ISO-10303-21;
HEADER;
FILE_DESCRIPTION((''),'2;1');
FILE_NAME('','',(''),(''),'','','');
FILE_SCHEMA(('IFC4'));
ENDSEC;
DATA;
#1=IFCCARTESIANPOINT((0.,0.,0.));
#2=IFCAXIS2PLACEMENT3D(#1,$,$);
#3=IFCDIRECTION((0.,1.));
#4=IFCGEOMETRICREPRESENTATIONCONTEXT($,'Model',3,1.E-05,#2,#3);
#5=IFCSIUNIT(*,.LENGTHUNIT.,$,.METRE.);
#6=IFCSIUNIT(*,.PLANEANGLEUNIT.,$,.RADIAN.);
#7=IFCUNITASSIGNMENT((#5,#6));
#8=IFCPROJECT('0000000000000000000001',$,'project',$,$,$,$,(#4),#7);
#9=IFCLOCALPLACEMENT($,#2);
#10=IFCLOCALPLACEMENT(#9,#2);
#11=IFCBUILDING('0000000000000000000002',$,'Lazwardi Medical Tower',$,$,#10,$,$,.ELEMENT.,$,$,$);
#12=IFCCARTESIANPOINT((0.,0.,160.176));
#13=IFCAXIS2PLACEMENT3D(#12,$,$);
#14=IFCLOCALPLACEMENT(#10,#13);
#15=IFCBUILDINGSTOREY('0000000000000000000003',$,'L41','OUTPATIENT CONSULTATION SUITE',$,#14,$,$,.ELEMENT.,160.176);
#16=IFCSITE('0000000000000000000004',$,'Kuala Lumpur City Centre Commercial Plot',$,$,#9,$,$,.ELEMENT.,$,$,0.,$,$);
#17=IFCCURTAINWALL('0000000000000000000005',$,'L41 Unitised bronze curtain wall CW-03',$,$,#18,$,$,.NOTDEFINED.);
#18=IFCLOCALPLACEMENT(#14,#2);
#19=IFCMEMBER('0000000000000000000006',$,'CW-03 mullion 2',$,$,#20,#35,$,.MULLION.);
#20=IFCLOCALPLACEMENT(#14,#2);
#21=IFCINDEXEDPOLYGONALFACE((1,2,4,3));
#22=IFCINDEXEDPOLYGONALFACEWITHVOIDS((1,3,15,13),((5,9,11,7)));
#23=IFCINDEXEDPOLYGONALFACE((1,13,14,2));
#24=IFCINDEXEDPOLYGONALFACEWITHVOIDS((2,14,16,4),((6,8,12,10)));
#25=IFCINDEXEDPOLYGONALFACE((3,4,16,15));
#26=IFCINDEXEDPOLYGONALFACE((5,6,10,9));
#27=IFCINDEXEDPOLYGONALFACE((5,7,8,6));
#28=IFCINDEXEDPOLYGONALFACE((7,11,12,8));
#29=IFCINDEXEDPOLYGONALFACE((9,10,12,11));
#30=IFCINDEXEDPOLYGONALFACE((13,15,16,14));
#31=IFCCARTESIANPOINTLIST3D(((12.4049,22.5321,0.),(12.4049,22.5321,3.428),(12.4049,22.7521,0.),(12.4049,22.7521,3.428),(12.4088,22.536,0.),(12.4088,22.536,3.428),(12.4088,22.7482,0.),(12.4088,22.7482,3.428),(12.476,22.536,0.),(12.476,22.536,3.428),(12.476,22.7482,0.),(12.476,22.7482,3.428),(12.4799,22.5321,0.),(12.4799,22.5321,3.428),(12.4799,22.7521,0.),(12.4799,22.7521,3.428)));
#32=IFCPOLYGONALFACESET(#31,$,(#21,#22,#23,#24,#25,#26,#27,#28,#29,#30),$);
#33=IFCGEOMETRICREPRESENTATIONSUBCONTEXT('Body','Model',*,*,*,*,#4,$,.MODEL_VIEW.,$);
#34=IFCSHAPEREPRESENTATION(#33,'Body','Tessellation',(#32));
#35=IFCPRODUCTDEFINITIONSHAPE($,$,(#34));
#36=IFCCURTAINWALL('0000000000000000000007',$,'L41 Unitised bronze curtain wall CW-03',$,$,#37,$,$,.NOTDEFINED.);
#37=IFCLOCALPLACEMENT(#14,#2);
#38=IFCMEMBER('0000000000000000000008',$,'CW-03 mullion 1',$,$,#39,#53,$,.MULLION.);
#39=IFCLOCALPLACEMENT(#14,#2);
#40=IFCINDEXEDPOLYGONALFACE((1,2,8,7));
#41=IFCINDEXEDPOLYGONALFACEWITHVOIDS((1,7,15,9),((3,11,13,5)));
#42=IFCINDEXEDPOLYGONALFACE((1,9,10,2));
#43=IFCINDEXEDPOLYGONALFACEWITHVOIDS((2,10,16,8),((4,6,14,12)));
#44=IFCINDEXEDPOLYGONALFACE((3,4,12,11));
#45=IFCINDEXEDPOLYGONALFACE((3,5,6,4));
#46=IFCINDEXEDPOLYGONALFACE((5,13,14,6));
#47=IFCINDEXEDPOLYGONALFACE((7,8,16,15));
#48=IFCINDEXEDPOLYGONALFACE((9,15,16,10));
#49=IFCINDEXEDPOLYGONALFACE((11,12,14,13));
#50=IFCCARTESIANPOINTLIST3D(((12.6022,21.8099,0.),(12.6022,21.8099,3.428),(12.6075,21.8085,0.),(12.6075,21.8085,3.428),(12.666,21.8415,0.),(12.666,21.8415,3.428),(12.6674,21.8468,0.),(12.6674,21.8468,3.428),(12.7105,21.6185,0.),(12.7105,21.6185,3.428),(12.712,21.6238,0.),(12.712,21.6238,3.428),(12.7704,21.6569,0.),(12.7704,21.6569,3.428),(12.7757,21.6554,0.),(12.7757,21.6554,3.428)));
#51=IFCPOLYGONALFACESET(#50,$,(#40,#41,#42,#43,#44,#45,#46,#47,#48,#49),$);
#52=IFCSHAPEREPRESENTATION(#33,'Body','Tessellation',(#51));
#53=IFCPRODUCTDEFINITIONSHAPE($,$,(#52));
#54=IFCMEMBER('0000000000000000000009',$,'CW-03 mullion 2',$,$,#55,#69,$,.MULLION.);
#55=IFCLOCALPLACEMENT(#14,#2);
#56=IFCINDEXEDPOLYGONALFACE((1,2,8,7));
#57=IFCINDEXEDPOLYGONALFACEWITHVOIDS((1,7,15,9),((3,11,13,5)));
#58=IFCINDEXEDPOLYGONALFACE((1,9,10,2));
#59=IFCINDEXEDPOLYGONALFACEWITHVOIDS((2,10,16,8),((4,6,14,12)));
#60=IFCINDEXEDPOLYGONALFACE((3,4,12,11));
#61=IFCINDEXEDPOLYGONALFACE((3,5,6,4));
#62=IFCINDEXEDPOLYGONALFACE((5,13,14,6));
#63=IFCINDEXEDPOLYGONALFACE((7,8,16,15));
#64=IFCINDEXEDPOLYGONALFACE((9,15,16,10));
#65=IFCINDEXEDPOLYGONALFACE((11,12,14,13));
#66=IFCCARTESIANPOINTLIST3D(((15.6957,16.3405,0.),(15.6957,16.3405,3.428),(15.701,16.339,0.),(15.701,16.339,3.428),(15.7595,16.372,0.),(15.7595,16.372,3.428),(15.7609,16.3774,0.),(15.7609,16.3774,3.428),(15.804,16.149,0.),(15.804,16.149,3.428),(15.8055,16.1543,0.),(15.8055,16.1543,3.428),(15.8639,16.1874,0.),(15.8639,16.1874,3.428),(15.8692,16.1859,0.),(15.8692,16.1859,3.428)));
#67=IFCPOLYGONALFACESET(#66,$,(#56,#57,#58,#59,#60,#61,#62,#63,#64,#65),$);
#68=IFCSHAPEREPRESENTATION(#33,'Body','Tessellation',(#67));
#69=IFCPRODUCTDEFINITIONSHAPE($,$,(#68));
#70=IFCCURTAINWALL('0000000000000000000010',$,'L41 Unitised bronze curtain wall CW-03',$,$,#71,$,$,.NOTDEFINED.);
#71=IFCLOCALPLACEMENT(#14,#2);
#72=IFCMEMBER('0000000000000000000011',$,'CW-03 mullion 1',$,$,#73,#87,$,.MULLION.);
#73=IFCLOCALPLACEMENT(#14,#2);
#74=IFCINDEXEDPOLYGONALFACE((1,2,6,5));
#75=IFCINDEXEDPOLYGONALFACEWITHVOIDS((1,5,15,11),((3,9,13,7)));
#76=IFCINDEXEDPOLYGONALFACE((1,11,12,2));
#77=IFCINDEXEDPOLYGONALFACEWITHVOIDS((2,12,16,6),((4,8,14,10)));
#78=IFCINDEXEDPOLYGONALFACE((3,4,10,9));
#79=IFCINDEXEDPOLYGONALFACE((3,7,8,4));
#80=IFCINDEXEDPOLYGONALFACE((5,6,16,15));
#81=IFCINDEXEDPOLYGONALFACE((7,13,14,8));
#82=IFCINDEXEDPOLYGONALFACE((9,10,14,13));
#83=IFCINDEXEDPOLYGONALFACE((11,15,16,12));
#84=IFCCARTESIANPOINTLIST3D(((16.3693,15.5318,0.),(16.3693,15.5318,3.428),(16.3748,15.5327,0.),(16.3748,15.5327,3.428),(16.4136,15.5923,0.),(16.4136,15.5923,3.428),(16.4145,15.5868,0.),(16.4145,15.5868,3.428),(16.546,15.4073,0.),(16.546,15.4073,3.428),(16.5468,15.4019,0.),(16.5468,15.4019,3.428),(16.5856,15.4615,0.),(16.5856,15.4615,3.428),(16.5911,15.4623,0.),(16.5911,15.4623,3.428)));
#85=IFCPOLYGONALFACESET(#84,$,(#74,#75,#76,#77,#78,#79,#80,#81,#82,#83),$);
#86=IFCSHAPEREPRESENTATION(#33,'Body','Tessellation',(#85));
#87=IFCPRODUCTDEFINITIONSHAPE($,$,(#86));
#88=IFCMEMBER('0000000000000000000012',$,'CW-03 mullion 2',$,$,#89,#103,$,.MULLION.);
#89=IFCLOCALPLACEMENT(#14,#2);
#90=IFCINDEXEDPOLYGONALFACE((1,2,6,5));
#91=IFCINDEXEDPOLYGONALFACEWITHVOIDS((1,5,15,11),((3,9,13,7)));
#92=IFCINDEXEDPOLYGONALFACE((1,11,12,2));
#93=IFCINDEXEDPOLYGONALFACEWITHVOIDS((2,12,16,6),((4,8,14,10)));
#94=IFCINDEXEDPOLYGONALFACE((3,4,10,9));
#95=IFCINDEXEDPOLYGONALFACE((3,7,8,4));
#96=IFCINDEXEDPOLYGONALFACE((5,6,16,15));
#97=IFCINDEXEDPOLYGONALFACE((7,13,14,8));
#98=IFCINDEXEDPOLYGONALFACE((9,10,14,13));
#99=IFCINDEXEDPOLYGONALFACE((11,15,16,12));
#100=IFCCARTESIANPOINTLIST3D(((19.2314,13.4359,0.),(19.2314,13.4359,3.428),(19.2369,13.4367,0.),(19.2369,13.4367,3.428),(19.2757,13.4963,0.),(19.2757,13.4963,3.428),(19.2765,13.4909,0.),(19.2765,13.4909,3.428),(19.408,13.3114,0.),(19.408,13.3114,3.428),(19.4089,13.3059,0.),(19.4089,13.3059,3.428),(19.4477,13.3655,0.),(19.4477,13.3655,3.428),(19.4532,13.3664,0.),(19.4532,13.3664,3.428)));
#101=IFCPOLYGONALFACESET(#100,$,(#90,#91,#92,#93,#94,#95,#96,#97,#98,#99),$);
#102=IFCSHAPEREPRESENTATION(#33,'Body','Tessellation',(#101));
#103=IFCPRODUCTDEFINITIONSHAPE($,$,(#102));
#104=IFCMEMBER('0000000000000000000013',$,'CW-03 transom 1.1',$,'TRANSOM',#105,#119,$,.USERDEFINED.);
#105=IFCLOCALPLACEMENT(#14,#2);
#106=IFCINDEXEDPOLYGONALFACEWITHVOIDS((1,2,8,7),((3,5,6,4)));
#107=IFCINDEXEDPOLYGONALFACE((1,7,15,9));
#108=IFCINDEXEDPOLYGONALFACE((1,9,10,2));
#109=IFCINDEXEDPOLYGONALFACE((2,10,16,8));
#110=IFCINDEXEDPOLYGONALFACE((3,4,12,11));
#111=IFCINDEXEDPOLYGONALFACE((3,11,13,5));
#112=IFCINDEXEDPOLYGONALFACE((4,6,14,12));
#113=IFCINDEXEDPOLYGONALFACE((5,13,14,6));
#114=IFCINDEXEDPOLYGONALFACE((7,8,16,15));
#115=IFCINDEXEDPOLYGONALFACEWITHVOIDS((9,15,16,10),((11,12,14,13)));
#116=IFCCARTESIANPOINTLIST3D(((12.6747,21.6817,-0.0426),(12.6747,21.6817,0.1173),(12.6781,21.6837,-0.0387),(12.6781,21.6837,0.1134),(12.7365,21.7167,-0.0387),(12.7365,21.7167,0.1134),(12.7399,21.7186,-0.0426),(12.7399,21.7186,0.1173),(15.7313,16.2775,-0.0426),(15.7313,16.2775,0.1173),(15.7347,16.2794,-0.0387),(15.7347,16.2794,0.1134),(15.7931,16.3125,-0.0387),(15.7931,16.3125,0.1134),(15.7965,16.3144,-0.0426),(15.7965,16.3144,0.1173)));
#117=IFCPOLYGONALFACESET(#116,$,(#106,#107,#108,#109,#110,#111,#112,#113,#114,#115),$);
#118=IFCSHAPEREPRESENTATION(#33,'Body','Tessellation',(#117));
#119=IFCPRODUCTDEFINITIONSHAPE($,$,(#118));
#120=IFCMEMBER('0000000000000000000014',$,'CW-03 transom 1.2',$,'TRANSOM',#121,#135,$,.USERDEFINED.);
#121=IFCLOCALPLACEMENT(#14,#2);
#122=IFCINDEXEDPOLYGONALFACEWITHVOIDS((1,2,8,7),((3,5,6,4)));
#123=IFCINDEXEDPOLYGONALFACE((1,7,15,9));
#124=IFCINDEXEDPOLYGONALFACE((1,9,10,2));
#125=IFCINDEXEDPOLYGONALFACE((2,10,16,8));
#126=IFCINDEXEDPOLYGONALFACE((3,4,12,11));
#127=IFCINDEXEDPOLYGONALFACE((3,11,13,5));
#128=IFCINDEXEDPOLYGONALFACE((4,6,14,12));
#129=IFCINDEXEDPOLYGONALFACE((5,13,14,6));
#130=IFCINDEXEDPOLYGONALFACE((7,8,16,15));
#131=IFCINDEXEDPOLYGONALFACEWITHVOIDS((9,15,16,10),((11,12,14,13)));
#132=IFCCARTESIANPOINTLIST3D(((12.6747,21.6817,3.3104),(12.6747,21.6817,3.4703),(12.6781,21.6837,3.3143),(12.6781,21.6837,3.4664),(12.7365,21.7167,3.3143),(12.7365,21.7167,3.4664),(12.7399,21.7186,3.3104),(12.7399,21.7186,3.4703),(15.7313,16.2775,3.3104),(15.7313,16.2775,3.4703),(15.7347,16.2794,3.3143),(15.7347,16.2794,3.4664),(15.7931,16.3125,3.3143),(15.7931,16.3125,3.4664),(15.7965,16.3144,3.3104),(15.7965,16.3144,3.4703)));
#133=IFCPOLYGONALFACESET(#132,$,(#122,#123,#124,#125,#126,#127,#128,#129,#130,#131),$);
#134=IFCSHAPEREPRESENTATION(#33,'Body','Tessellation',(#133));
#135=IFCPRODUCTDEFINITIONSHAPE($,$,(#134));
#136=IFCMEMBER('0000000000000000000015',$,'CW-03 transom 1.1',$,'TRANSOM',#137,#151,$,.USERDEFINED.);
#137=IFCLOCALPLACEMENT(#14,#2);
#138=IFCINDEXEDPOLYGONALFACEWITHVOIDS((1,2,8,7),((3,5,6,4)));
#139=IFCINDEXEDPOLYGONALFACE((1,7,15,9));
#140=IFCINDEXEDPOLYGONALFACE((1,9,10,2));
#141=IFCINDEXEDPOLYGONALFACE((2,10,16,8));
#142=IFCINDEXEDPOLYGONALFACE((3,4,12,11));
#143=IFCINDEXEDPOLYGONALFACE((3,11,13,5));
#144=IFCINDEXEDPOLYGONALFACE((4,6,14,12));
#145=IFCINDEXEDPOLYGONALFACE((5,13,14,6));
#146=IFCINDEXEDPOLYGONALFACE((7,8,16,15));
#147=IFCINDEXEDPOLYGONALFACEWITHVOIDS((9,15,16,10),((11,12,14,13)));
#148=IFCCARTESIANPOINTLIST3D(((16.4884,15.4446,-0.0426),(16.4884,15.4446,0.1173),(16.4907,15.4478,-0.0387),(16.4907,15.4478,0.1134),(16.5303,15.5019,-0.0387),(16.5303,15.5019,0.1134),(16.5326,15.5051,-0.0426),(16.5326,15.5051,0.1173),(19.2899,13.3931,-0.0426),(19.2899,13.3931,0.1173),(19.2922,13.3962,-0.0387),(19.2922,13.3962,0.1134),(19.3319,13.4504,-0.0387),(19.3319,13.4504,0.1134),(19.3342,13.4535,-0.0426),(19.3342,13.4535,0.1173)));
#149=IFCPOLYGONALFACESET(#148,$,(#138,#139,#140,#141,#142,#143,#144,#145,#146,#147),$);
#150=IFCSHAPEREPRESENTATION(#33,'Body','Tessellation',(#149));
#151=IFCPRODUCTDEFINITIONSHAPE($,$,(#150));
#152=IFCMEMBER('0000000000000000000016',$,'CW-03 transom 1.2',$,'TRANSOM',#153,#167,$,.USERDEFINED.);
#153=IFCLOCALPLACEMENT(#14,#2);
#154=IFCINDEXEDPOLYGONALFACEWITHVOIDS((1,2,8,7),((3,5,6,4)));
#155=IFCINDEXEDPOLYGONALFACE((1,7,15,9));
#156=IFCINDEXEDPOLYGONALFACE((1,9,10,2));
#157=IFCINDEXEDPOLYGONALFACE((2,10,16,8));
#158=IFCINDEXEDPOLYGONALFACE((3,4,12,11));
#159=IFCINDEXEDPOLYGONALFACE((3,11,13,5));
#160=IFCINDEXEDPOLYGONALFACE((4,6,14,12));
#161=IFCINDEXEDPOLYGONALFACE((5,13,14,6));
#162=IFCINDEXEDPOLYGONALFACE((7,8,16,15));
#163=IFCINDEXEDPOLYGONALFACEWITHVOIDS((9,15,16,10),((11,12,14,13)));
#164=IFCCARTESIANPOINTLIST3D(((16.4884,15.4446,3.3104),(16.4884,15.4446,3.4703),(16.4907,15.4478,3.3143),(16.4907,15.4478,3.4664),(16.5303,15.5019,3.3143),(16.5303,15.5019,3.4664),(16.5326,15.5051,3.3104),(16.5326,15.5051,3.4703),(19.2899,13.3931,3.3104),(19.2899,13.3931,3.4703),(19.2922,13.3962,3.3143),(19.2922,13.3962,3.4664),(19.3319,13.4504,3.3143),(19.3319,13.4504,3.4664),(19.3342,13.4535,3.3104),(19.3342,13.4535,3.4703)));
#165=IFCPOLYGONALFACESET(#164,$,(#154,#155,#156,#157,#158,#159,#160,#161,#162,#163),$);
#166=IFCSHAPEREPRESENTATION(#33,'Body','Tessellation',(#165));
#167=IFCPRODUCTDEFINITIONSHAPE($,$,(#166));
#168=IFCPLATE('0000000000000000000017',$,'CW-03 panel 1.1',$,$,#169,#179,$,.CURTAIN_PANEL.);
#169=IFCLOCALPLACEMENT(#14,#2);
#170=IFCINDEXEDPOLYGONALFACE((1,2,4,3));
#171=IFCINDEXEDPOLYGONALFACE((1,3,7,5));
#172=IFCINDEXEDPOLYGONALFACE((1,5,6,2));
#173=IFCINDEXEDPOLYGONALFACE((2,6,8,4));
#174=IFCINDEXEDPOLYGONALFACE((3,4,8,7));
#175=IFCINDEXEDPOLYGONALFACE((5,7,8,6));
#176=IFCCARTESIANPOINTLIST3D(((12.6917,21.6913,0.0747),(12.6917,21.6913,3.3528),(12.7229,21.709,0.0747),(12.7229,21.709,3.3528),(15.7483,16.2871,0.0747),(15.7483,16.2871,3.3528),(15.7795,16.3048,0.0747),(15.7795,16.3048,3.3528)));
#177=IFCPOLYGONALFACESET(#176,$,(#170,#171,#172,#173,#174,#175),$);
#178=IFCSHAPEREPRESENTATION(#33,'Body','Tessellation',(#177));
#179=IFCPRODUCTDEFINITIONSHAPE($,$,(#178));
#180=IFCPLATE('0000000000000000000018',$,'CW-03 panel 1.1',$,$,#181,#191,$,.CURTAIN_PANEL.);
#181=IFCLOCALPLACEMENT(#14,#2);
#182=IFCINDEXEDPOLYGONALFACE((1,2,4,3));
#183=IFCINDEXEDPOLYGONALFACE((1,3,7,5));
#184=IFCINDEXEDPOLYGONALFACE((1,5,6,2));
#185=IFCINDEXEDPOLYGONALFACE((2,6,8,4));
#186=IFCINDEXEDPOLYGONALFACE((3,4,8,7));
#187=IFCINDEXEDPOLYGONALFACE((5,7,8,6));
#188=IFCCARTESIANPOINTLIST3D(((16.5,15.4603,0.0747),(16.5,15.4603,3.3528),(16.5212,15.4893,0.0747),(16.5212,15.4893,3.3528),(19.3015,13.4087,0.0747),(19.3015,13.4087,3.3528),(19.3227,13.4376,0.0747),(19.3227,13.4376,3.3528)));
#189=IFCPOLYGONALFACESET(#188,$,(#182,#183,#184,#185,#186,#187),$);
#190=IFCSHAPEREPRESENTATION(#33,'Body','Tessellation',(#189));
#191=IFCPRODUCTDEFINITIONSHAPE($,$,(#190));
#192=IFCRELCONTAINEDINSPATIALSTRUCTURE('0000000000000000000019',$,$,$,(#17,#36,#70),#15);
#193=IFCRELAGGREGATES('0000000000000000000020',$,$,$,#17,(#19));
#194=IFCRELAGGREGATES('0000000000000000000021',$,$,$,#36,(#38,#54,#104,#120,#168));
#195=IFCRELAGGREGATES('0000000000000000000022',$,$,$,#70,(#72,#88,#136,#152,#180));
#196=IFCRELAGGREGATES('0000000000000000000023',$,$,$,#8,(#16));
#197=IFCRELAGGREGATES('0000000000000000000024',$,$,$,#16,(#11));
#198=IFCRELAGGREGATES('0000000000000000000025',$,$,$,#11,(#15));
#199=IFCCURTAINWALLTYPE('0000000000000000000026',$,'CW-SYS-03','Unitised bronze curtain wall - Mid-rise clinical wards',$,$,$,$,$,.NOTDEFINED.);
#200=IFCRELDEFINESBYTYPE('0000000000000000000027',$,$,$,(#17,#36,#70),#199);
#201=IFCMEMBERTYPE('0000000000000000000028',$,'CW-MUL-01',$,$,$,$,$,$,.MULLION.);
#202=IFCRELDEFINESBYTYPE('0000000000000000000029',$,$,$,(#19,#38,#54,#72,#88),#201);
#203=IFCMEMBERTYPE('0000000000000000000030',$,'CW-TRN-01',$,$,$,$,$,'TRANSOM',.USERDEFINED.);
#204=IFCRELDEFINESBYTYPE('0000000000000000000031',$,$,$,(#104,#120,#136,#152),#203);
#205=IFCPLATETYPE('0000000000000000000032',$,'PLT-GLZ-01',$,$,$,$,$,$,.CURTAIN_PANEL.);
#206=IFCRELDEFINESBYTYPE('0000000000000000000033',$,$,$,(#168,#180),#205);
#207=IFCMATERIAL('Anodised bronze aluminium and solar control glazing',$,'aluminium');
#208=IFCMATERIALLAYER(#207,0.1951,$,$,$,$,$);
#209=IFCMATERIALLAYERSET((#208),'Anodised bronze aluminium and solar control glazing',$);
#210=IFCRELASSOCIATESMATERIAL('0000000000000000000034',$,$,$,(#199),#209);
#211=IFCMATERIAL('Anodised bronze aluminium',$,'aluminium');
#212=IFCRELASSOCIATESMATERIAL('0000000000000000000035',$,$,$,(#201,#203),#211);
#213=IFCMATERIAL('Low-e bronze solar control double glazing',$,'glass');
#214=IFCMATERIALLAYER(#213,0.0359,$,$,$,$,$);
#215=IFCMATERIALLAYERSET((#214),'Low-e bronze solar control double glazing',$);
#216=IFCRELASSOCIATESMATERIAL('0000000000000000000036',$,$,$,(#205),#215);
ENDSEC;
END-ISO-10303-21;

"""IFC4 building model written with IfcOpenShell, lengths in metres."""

from ifc_helpers import new_model, si_unit, direction, frame, origin, origin_2d, place, context, subcontext, project, spatial, rectangle, hollow_rectangle, extrude, material, layer, layer_set, material_profile, profile_set, type_object, element, aggregate, save


model = new_model("IFC4")

# Units and contexts
model_context = context("Model", 3, precision=1e-05, world=origin(), true_north=direction((0.0, 1.0)))
body_context = subcontext(model_context, "Body", "Model", "MODEL_VIEW")
ifc_project = project(units=[si_unit("LENGTHUNIT", "METRE"), si_unit("PLANEANGLEUNIT", "RADIAN")], contexts=[model_context])

# Site, building, storey
site_placement = place(None, origin())
site = spatial("IfcSite", under=ifc_project, at=site_placement, Name="Kuala Lumpur City Centre Commercial Plot", CompositionType="ELEMENT", RefElevation=0.0)
building_placement = place(site_placement, origin())
building = spatial("IfcBuilding", under=site, at=building_placement, Name="Lazwardi Medical Tower", CompositionType="ELEMENT")
storey_placement = place(building_placement, frame((0.0, 0.0, 160.176)))
storey = spatial("IfcBuildingStorey", under=building, at=storey_placement, Name="L41", Description="OUTPATIENT CONSULTATION SUITE", CompositionType="ELEMENT", Elevation=160.176)

# Curtain wall, member
ifc_material_1 = material(Name="Anodised bronze aluminium and solar control glazing", Category="aluminium")
ifc_layer_1 = layer(ifc_material_1, 0.1951)
ifc_layer_set_1 = layer_set([ifc_layer_1], Name="Anodised bronze aluminium and solar control glazing")
curtain_wall_type = type_object("IfcCurtainWallType", Name="CW-SYS-03", Description="Unitised bronze curtain wall - Mid-rise clinical wards", PredefinedType="NOTDEFINED", material=ifc_layer_set_1)
curtain_wall_1_placement = place(storey_placement, origin())
curtain_wall_1 = element("IfcCurtainWall", 1, at=curtain_wall_1_placement, inside=storey, type_object=curtain_wall_type, Name="L41 Unitised bronze curtain wall CW-03", PredefinedType="NOTDEFINED")
ifc_material_2 = material(Name="Anodised bronze aluminium", Category="aluminium")
ifc_material_profile_1 = material_profile(ifc_material_2, hollow_rectangle(XDim=0.075, YDim=0.22, WallThickness=0.0039, at=origin_2d()), Name="ALU-MULLION 220x75x4")
ifc_profile_set_1 = profile_set([ifc_material_profile_1], Name="Anodised bronze aluminium")
member_type_1 = type_object("IfcMemberType", Name="CW-MUL-01", PredefinedType="MULLION", material=ifc_profile_set_1)
member_1_placement = place(storey_placement, frame((12.4424, 22.6421, 0.0), z_axis=(0.0, 0.0, 1.0), x_axis=(1.0, 0.0, 0.0)))
member_1 = element("IfcMember", 2, at=member_1_placement, type_object=member_type_1, Name="CW-03 mullion 2", PredefinedType="MULLION", context=body_context, shape_type="SweptSolid", body=[
    extrude(hollow_rectangle(XDim=0.075, YDim=0.22, WallThickness=0.0039, at=origin_2d()), origin(), (0.0, 0.0, 1.0), 3.428),
])
aggregate(curtain_wall_1, [member_1])

# Curtain walls, members
curtain_wall_2_placement = place(storey_placement, origin())
curtain_wall_2 = element("IfcCurtainWall", 3, at=curtain_wall_2_placement, inside=storey, type_object=curtain_wall_type, Name="L41 Unitised bronze curtain wall CW-03", PredefinedType="NOTDEFINED")
member_2_placement = place(storey_placement, frame((12.689, 21.7327, 0.0), z_axis=(0.0, 0.0, 1.0), x_axis=(0.870419, 0.492312, 0.0)))
member_2 = element("IfcMember", 4, at=member_2_placement, type_object=member_type_1, Name="CW-03 mullion 1", PredefinedType="MULLION", context=body_context, shape_type="SweptSolid", body=[
    extrude(hollow_rectangle(XDim=0.075, YDim=0.22, WallThickness=0.0039, at=origin_2d()), origin(), (0.0, 0.0, 1.0), 3.428),
])
member_3_placement = place(storey_placement, frame((15.7825, 16.2632, 0.0), z_axis=(0.0, 0.0, 1.0), x_axis=(0.870419, 0.492312, 0.0)))
member_3 = element("IfcMember", 5, at=member_3_placement, type_object=member_type_1, Name="CW-03 mullion 2", PredefinedType="MULLION", context=body_context, shape_type="SweptSolid", body=[
    extrude(hollow_rectangle(XDim=0.075, YDim=0.22, WallThickness=0.0039, at=origin_2d()), origin(), (0.0, 0.0, 1.0), 3.428),
])
curtain_wall_3_placement = place(storey_placement, origin())
curtain_wall_3 = element("IfcCurtainWall", 6, at=curtain_wall_3_placement, inside=storey, type_object=curtain_wall_type, Name="L41 Unitised bronze curtain wall CW-03", PredefinedType="NOTDEFINED")
member_4_placement = place(storey_placement, frame((16.4802, 15.4971, 0.0), z_axis=(0.0, 0.0, 1.0), x_axis=(0.590834, 0.806793, 0.0)))
member_4 = element("IfcMember", 7, at=member_4_placement, type_object=member_type_1, Name="CW-03 mullion 1", PredefinedType="MULLION", context=body_context, shape_type="SweptSolid", body=[
    extrude(hollow_rectangle(XDim=0.075, YDim=0.22, WallThickness=0.0039, at=origin_2d()), origin(), (0.0, 0.0, 1.0), 3.428),
])
member_5_placement = place(storey_placement, frame((19.3423, 13.4011, 0.0), z_axis=(0.0, 0.0, 1.0), x_axis=(0.590834, 0.806793, 0.0)))
member_5 = element("IfcMember", 8, at=member_5_placement, type_object=member_type_1, Name="CW-03 mullion 2", PredefinedType="MULLION", context=body_context, shape_type="SweptSolid", body=[
    extrude(hollow_rectangle(XDim=0.075, YDim=0.22, WallThickness=0.0039, at=origin_2d()), origin(), (0.0, 0.0, 1.0), 3.428),
])

# Members
ifc_material_profile_2 = material_profile(ifc_material_2, hollow_rectangle(XDim=0.075, YDim=0.1599, WallThickness=0.0039, at=origin_2d()), Name="ALU-TRANSOM 160x75x4")
ifc_profile_set_2 = profile_set([ifc_material_profile_2], Name="Anodised bronze aluminium")
member_type_2 = type_object("IfcMemberType", Name="CW-TRN-01", ElementType="TRANSOM", PredefinedType="USERDEFINED", material=ifc_profile_set_2)
member_6_placement = place(storey_placement, frame((12.7073, 21.7002, 0.0374), z_axis=(0.492306, -0.870422, 0.0), x_axis=(0.870422, 0.492306, 0.0)))
member_6 = element("IfcMember", 9, at=member_6_placement, type_object=member_type_2, Name="CW-03 transom 1.1", ObjectType="TRANSOM", PredefinedType="USERDEFINED", context=body_context, shape_type="SweptSolid", body=[
    extrude(hollow_rectangle(XDim=0.075, YDim=0.1599, WallThickness=0.0039, at=origin_2d()), origin(), (0.0, 0.0, 1.0), 6.2087),
])
member_7_placement = place(storey_placement, frame((12.7073, 21.7002, 3.3904), z_axis=(0.492306, -0.870422, 0.0), x_axis=(0.870422, 0.492306, 0.0)))
member_7 = element("IfcMember", 10, at=member_7_placement, type_object=member_type_2, Name="CW-03 transom 1.2", ObjectType="TRANSOM", PredefinedType="USERDEFINED", context=body_context, shape_type="SweptSolid", body=[
    extrude(hollow_rectangle(XDim=0.075, YDim=0.1599, WallThickness=0.0039, at=origin_2d()), origin(), (0.0, 0.0, 1.0), 6.2087),
])
member_8_placement = place(storey_placement, frame((16.5105, 15.4749, 0.0374), z_axis=(0.806807, -0.590815, 0.0), x_axis=(0.590815, 0.806807, 0.0)))
member_8 = element("IfcMember", 11, at=member_8_placement, type_object=member_type_2, Name="CW-03 transom 1.1", ObjectType="TRANSOM", PredefinedType="USERDEFINED", context=body_context, shape_type="SweptSolid", body=[
    extrude(hollow_rectangle(XDim=0.075, YDim=0.1599, WallThickness=0.0039, at=origin_2d()), origin(), (0.0, 0.0, 1.0), 3.4724),
])
member_9_placement = place(storey_placement, frame((16.5105, 15.4749, 3.3904), z_axis=(0.806807, -0.590815, 0.0), x_axis=(0.590815, 0.806807, 0.0)))
member_9 = element("IfcMember", 12, at=member_9_placement, type_object=member_type_2, Name="CW-03 transom 1.2", ObjectType="TRANSOM", PredefinedType="USERDEFINED", context=body_context, shape_type="SweptSolid", body=[
    extrude(hollow_rectangle(XDim=0.075, YDim=0.1599, WallThickness=0.0039, at=origin_2d()), origin(), (0.0, 0.0, 1.0), 3.4724),
])

# Plates
ifc_material_3 = material(Name="Low-e bronze solar control double glazing", Category="glass")
ifc_layer_2 = layer(ifc_material_3, 0.0359)
ifc_layer_set_2 = layer_set([ifc_layer_2], Name="Low-e bronze solar control double glazing")
plate_type = type_object("IfcPlateType", Name="PLT-GLZ-01", PredefinedType="CURTAIN_PANEL", material=ifc_layer_set_2)
plate_1_placement = place(storey_placement, frame((14.2356, 18.998, 0.0747), z_axis=(0.0, 0.0, 1.0), x_axis=(0.492312, -0.870419, 0.0)))
plate_1 = element("IfcPlate", 13, at=plate_1_placement, type_object=plate_type, Name="CW-03 panel 1.1", PredefinedType="CURTAIN_PANEL", context=body_context, shape_type="SweptSolid", body=[
    extrude(rectangle(XDim=6.2087, YDim=0.0359, at=origin_2d()), origin(), (0.0, 0.0, 1.0), 3.2781),
])
aggregate(curtain_wall_2, [member_2, member_3, member_6, member_7, plate_1])
plate_2_placement = place(storey_placement, frame((17.9114, 14.449, 0.0747), z_axis=(0.0, 0.0, 1.0), x_axis=(0.806793, -0.590834, 0.0)))
plate_2 = element("IfcPlate", 14, at=plate_2_placement, type_object=plate_type, Name="CW-03 panel 1.1", PredefinedType="CURTAIN_PANEL", context=body_context, shape_type="SweptSolid", body=[
    extrude(rectangle(XDim=3.4724, YDim=0.0359, at=origin_2d()), origin(), (0.0, 0.0, 1.0), 3.2781),
])
aggregate(curtain_wall_3, [member_4, member_5, member_8, member_9, plate_2])

save(model, "model.ifc")
